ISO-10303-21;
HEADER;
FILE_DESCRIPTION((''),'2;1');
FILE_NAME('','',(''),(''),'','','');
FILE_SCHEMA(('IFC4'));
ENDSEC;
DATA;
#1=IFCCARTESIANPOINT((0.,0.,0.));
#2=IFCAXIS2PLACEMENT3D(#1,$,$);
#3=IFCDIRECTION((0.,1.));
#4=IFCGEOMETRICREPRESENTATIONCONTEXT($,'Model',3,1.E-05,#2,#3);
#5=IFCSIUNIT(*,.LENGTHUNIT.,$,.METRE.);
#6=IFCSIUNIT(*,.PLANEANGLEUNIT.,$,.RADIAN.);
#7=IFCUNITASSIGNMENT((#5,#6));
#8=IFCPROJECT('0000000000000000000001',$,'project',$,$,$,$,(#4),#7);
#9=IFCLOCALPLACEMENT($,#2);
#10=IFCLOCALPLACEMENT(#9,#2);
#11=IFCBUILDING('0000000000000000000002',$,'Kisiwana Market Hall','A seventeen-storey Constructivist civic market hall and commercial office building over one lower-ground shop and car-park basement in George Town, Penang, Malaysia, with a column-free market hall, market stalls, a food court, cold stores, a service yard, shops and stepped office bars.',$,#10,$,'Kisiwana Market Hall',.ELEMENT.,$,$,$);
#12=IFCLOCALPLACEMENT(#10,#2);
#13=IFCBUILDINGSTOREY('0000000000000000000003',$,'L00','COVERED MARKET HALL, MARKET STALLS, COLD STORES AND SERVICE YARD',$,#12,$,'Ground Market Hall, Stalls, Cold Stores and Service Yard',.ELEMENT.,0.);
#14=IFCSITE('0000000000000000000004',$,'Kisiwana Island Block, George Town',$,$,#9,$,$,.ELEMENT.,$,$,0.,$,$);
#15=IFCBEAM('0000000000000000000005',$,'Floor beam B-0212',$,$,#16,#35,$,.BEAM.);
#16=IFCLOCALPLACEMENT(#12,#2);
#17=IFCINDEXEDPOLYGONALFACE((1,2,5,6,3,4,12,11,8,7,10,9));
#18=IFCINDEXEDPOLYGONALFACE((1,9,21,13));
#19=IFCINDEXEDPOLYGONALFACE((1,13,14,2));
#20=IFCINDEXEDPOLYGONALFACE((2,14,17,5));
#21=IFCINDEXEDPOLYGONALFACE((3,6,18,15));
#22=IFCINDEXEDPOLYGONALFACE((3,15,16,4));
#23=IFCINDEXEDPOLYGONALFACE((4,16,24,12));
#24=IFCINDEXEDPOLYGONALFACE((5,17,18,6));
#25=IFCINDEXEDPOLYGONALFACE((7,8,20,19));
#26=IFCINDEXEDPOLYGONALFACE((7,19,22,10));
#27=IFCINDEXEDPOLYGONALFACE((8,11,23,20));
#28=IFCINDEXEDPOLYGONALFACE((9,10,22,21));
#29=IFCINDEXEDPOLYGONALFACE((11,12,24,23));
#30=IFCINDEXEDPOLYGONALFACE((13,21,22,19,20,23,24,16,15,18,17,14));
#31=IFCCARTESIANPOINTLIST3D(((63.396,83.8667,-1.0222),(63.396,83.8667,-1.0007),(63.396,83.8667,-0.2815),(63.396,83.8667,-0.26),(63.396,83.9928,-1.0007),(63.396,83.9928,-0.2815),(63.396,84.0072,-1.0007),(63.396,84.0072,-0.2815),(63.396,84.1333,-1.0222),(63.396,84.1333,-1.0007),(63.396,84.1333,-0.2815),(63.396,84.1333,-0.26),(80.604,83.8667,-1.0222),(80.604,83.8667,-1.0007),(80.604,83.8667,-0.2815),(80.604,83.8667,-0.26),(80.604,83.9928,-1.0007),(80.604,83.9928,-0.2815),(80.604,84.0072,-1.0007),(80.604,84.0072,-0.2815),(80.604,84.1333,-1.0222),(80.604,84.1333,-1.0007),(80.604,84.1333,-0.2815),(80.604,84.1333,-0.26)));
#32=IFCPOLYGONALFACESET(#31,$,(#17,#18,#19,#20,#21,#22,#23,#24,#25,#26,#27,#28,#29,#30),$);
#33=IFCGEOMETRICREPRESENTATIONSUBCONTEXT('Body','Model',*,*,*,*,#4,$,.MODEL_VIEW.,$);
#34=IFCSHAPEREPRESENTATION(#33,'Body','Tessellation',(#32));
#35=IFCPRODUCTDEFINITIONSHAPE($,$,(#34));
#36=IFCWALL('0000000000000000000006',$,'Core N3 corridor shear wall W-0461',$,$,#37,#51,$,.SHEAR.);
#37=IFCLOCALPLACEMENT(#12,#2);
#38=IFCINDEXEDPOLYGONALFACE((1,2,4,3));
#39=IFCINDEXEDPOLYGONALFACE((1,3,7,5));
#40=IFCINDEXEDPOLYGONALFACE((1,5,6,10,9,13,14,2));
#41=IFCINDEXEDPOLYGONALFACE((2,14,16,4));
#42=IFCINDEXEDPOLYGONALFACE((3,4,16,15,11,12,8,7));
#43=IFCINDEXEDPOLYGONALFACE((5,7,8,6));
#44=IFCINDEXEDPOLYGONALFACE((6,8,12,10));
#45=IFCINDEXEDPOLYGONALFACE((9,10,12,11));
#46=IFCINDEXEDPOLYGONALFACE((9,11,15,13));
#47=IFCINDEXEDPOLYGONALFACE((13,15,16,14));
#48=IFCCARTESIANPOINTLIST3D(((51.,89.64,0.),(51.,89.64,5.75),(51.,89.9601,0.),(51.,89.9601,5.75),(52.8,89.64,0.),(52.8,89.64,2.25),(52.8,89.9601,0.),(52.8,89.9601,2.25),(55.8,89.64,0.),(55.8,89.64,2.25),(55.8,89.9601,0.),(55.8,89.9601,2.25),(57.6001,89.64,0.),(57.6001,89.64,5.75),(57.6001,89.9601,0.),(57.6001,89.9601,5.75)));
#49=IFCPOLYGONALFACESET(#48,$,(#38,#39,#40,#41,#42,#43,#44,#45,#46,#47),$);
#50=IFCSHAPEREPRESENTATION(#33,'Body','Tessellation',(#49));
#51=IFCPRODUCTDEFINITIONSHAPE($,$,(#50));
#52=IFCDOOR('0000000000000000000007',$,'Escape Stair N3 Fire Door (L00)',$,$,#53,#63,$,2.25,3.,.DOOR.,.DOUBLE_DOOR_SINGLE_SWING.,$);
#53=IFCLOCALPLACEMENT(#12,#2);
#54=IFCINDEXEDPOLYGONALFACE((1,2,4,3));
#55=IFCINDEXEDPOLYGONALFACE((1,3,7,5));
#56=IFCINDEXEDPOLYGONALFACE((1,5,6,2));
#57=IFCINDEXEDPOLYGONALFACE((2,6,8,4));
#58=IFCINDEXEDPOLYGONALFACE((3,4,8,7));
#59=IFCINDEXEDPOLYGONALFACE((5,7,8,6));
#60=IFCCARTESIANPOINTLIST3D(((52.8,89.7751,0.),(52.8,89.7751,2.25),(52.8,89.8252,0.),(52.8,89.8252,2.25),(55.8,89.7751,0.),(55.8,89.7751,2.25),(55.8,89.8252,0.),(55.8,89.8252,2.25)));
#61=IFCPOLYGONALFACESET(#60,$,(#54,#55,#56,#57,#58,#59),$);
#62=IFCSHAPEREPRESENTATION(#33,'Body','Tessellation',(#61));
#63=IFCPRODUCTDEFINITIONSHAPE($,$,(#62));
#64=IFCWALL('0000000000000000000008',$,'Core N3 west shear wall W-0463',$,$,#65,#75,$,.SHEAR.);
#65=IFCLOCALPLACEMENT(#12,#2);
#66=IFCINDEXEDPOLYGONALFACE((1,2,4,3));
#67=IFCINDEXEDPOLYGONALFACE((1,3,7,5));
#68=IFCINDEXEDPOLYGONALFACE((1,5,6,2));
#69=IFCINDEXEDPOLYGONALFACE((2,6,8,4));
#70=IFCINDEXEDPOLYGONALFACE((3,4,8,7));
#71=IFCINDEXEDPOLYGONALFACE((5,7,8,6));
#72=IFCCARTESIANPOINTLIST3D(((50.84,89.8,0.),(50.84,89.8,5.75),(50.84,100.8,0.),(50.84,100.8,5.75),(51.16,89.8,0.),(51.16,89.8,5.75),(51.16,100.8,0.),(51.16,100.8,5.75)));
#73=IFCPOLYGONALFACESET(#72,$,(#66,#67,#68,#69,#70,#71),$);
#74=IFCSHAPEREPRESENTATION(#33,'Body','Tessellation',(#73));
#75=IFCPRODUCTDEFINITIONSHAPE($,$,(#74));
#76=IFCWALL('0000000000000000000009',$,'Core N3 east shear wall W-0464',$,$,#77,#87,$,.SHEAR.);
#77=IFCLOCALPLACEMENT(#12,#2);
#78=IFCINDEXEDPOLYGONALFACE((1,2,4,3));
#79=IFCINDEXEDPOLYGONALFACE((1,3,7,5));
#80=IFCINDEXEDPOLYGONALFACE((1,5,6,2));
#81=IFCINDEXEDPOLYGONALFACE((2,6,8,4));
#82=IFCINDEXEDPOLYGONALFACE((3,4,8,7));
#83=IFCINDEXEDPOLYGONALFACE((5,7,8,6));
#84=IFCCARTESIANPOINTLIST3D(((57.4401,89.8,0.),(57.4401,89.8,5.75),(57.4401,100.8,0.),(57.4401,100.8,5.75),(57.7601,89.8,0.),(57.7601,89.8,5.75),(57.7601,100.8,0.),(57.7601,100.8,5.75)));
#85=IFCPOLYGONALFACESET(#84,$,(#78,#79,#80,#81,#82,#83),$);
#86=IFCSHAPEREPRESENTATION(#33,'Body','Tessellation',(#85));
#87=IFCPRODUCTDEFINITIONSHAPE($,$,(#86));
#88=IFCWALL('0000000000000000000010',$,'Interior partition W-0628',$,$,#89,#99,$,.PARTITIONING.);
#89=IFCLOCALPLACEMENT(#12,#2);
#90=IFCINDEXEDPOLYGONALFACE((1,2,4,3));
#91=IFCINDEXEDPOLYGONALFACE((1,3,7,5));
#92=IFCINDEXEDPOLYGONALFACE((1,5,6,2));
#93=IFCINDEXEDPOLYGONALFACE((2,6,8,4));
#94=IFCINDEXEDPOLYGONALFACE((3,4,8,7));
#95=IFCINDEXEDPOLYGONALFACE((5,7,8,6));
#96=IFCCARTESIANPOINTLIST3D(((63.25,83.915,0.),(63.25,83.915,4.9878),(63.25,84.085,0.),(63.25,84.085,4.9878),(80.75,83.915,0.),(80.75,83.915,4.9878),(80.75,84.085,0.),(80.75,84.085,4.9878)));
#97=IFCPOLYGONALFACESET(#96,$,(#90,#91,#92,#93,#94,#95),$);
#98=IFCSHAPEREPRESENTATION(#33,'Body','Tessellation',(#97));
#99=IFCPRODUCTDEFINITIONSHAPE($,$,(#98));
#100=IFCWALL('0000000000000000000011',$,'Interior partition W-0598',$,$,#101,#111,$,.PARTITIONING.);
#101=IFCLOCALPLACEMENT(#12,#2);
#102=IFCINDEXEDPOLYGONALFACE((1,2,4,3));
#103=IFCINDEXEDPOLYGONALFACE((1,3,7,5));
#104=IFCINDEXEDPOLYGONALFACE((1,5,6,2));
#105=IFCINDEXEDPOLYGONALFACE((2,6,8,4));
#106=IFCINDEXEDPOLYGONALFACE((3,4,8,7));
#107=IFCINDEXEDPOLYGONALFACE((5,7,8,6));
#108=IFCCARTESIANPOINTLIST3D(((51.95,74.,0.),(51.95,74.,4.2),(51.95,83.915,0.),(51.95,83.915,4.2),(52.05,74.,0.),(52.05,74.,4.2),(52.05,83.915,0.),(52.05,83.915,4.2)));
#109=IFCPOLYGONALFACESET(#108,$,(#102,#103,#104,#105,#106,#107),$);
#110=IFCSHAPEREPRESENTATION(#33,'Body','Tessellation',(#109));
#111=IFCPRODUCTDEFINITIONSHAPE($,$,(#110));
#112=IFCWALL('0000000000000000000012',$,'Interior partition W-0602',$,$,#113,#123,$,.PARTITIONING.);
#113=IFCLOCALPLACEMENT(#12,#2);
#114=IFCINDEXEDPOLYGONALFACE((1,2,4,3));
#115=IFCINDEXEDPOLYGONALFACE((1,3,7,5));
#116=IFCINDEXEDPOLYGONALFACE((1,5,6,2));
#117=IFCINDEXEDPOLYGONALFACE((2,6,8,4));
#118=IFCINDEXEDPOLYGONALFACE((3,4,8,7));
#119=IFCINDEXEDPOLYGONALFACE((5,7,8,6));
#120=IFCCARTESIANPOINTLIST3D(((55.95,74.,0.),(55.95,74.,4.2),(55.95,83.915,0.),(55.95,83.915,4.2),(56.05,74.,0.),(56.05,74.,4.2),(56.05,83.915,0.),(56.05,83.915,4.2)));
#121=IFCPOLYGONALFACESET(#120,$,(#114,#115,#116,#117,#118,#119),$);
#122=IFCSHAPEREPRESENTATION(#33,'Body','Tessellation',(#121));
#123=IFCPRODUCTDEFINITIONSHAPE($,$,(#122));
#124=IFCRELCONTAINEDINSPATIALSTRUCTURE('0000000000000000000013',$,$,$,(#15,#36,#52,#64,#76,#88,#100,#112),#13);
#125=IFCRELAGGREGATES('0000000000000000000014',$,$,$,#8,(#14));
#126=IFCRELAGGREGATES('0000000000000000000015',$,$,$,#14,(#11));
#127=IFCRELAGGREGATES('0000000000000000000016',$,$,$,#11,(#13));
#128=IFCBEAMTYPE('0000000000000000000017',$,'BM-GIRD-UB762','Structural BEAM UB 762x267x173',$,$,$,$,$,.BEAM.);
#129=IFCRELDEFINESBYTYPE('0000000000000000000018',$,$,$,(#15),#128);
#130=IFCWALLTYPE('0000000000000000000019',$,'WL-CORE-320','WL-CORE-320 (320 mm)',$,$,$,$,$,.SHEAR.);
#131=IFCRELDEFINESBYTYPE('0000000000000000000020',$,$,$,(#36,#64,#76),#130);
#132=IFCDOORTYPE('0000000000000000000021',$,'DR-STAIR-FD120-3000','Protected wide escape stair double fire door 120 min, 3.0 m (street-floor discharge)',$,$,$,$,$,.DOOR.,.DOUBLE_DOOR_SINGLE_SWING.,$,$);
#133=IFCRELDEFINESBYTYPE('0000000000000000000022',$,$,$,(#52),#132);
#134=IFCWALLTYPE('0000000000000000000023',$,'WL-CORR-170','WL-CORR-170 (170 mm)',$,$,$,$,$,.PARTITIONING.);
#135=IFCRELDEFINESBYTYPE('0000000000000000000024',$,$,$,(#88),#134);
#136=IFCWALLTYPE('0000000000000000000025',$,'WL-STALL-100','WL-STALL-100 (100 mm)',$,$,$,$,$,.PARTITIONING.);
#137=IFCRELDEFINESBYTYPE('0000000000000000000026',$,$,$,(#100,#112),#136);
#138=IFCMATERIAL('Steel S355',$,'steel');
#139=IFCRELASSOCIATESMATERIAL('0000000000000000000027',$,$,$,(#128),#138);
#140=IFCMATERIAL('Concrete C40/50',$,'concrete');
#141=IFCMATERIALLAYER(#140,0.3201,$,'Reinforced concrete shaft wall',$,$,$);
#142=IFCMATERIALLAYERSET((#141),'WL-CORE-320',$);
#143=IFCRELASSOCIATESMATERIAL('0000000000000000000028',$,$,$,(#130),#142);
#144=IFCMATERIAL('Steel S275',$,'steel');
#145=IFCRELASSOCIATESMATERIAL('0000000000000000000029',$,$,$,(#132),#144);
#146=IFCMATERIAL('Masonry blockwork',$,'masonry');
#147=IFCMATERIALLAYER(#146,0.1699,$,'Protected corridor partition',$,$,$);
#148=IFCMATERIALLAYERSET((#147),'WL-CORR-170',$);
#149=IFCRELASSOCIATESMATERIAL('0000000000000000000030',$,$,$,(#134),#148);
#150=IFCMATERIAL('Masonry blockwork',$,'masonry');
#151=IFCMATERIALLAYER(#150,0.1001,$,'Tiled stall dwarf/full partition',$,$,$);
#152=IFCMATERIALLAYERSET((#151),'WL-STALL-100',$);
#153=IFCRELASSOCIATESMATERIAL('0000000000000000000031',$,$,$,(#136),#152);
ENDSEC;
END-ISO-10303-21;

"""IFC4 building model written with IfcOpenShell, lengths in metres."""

from ifc_helpers import new_model, si_unit, direction, frame, frame_2d, origin, origin_2d, place, context, subcontext, project, spatial, rectangle, i_section, extrude, material, layer, layer_set, material_profile, profile_set, type_object, element, fill, save


model = new_model("IFC4")

# Units and contexts
model_context = context("Model", 3, precision=1e-05, world=origin(), true_north=direction((0.0, 1.0)))
body_context = subcontext(model_context, "Body", "Model", "MODEL_VIEW")
ifc_project = project(units=[si_unit("LENGTHUNIT", "METRE"), si_unit("PLANEANGLEUNIT", "RADIAN")], contexts=[model_context])

# Site, building, storey
site_placement = place(None, origin())
site = spatial("IfcSite", under=ifc_project, at=site_placement, Name="Kisiwana Island Block, George Town", CompositionType="ELEMENT", RefElevation=0.0)
building_placement = place(site_placement, origin())
building = spatial("IfcBuilding", under=site, at=building_placement, Name="Kisiwana Market Hall", Description="A seventeen-storey Constructivist civic market hall and commercial office building over one lower-ground shop and car-park basement in George Town, Penang, Malaysia, with a column-free market hall, market stalls, a food court, cold stores, a service yard, shops and stepped office bars.", LongName="Kisiwana Market Hall", CompositionType="ELEMENT")
storey_placement = place(building_placement, origin())
storey = spatial("IfcBuildingStorey", under=building, at=storey_placement, Name="L00", Description="COVERED MARKET HALL, MARKET STALLS, COLD STORES AND SERVICE YARD", LongName="Ground Market Hall, Stalls, Cold Stores and Service Yard", CompositionType="ELEMENT", Elevation=0.0)

# Beam
ifc_material_1 = material(Name="Steel S355", Category="steel")
ifc_material_profile_1 = material_profile(ifc_material_1, i_section(OverallWidth=0.2666, OverallDepth=0.7622, WebThickness=0.0144, FlangeThickness=0.0215, at=origin_2d()), Name="UB 762x267x173")
ifc_profile_set_1 = profile_set([ifc_material_profile_1], Name="Steel S355")
beam_type_1 = type_object("IfcBeamType", Name="BM-GIRD-UB762", Description="Structural BEAM UB 762x267x173", PredefinedType="BEAM", material=ifc_profile_set_1)
for number, where, z_axis, x_axis, name in (
    (1, (63.396, 84.0, -0.6411), (1.0, 0.0, 0.0), (0.0, 1.0, 0.0), "Floor beam B-0212"),
):
    element("IfcBeam", number, at=place(storey_placement, frame(where, z_axis=z_axis, x_axis=x_axis)), inside=storey, type_object=beam_type_1, Name=name, PredefinedType="BEAM", context=body_context, shape_type="SweptSolid", body=[
        extrude(i_section(OverallWidth=0.2666, OverallDepth=0.7622, WebThickness=0.0144, FlangeThickness=0.0215, at=origin_2d()), origin(), (0.0, 0.0, 1.0), 17.208),
    ])

# Wall, opening, door
ifc_material_2 = material(Name="Concrete C40/50", Category="concrete")
ifc_layer_1 = layer(ifc_material_2, 0.3201, Name="Reinforced concrete shaft wall")
ifc_layer_set_1 = layer_set([ifc_layer_1], Name="WL-CORE-320")
wall_type_1 = type_object("IfcWallType", Name="WL-CORE-320", Description="WL-CORE-320 (320 mm)", PredefinedType="SHEAR", material=ifc_layer_set_1)
wall_1_placement = place(storey_placement, frame((51.0, 89.8, 0.0), z_axis=(0.0, 0.0, 1.0), x_axis=(1.0, 0.0, 0.0)))
wall_1 = element("IfcWall", 2, at=wall_1_placement, inside=storey, type_object=wall_type_1, Name="Core N3 corridor shear wall W-0461", PredefinedType="SHEAR", context=body_context, shape_type="SweptSolid", body=[
    extrude(rectangle(XDim=6.6001, YDim=0.3201, at=frame_2d((3.3, 0.0))), origin(), (0.0, 0.0, 1.0), 5.75),
])
opening_1_placement = place(wall_1_placement, frame((1.8, 0.0, 0.0)))
opening_1 = element("IfcOpeningElement", 3, at=opening_1_placement, cuts=wall_1, PredefinedType="OPENING", context=body_context, shape_type="SweptSolid", body=[
    extrude(rectangle(XDim=3.0, YDim=2.25, at=frame_2d((1.5, 1.125))), frame((0.0, 0.1719, 0.0), z_axis=(0.0, -1.0, 0.0), x_axis=(1.0, 0.0, 0.0)), (0.0, 0.0, 1.0), 0.344),
])
ifc_material_3 = material(Name="Steel S275", Category="steel")
door_type_1 = type_object("IfcDoorType", Name="DR-STAIR-FD120-3000", Description="Protected wide escape stair double fire door 120 min, 3.0 m (street-floor discharge)", OperationType="DOUBLE_DOOR_SINGLE_SWING", PredefinedType="DOOR", material=ifc_material_3)
door_1_placement = place(opening_1_placement, frame((3.0, 0.0, 0.0), z_axis=(0.0, 0.0, 1.0), x_axis=(-1.0, 0.0, 0.0)))
door_1 = element("IfcDoor", 4, at=door_1_placement, inside=storey, type_object=door_type_1, Name="Escape Stair N3 Fire Door (L00)", OperationType="DOUBLE_DOOR_SINGLE_SWING", OverallHeight=2.25, OverallWidth=3.0, PredefinedType="DOOR", context=body_context, shape_type="SweptSolid", body=[
    extrude(rectangle(XDim=3.0, YDim=2.25, at=frame_2d((1.5, 1.125))), frame((0.0, 0.0249, 0.0), z_axis=(0.0, -1.0, 0.0), x_axis=(1.0, 0.0, 0.0)), (0.0, 0.0, 1.0), 0.05),
])
fill(opening_1, door_1)

# Walls
for number, where, z_axis, x_axis, name in (
    (5, (51.0, 89.8, 0.0), (0.0, 0.0, 1.0), (0.0, 1.0, 0.0), "Core N3 west shear wall W-0463"),
    (6, (57.6001, 89.8, 0.0), (0.0, 0.0, 1.0), (0.0, 1.0, 0.0), "Core N3 east shear wall W-0464"),
):
    element("IfcWall", number, at=place(storey_placement, frame(where, z_axis=z_axis, x_axis=x_axis)), inside=storey, type_object=wall_type_1, Name=name, PredefinedType="SHEAR", context=body_context, shape_type="SweptSolid", body=[
        extrude(rectangle(XDim=11.0, YDim=0.3201, at=frame_2d((5.5, 0.0))), origin(), (0.0, 0.0, 1.0), 5.75),
    ])
ifc_material_4 = material(Name="Masonry blockwork", Category="masonry")
ifc_layer_2 = layer(ifc_material_4, 0.1699, Name="Protected corridor partition")
ifc_layer_set_2 = layer_set([ifc_layer_2], Name="WL-CORR-170")
wall_type_2 = type_object("IfcWallType", Name="WL-CORR-170", Description="WL-CORR-170 (170 mm)", PredefinedType="PARTITIONING", material=ifc_layer_set_2)
wall_2_placement = place(storey_placement, frame((63.25, 84.0, 0.0), z_axis=(0.0, 0.0, 1.0), x_axis=(1.0, 0.0, 0.0)))
element("IfcWall", 7, at=wall_2_placement, inside=storey, type_object=wall_type_2, Name="Interior partition W-0628", PredefinedType="PARTITIONING", context=body_context, shape_type="SweptSolid", body=[
    extrude(rectangle(XDim=17.5, YDim=0.1699, at=frame_2d((8.75, 0.0))), origin(), (0.0, 0.0, 1.0), 4.9878),
])
ifc_material_5 = material(Name="Masonry blockwork", Category="masonry")
ifc_layer_3 = layer(ifc_material_5, 0.1001, Name="Tiled stall dwarf/full partition")
ifc_layer_set_3 = layer_set([ifc_layer_3], Name="WL-STALL-100")
wall_type_3 = type_object("IfcWallType", Name="WL-STALL-100", Description="WL-STALL-100 (100 mm)", PredefinedType="PARTITIONING", material=ifc_layer_set_3)
for number, where, z_axis, x_axis, name in (
    (8, (52.0, 74.0, 0.0), (0.0, 0.0, 1.0), (0.0, 1.0, 0.0), "Interior partition W-0598"),
    (9, (56.0, 74.0, 0.0), (0.0, 0.0, 1.0), (0.0, 1.0, 0.0), "Interior partition W-0602"),
):
    element("IfcWall", number, at=place(storey_placement, frame(where, z_axis=z_axis, x_axis=x_axis)), inside=storey, type_object=wall_type_3, Name=name, PredefinedType="PARTITIONING", context=body_context, shape_type="SweptSolid", body=[
        extrude(rectangle(XDim=9.915, YDim=0.1001, at=frame_2d((4.9575, 0.0))), origin(), (0.0, 0.0, 1.0), 4.2),
    ])

save(model, "model.ifc")
